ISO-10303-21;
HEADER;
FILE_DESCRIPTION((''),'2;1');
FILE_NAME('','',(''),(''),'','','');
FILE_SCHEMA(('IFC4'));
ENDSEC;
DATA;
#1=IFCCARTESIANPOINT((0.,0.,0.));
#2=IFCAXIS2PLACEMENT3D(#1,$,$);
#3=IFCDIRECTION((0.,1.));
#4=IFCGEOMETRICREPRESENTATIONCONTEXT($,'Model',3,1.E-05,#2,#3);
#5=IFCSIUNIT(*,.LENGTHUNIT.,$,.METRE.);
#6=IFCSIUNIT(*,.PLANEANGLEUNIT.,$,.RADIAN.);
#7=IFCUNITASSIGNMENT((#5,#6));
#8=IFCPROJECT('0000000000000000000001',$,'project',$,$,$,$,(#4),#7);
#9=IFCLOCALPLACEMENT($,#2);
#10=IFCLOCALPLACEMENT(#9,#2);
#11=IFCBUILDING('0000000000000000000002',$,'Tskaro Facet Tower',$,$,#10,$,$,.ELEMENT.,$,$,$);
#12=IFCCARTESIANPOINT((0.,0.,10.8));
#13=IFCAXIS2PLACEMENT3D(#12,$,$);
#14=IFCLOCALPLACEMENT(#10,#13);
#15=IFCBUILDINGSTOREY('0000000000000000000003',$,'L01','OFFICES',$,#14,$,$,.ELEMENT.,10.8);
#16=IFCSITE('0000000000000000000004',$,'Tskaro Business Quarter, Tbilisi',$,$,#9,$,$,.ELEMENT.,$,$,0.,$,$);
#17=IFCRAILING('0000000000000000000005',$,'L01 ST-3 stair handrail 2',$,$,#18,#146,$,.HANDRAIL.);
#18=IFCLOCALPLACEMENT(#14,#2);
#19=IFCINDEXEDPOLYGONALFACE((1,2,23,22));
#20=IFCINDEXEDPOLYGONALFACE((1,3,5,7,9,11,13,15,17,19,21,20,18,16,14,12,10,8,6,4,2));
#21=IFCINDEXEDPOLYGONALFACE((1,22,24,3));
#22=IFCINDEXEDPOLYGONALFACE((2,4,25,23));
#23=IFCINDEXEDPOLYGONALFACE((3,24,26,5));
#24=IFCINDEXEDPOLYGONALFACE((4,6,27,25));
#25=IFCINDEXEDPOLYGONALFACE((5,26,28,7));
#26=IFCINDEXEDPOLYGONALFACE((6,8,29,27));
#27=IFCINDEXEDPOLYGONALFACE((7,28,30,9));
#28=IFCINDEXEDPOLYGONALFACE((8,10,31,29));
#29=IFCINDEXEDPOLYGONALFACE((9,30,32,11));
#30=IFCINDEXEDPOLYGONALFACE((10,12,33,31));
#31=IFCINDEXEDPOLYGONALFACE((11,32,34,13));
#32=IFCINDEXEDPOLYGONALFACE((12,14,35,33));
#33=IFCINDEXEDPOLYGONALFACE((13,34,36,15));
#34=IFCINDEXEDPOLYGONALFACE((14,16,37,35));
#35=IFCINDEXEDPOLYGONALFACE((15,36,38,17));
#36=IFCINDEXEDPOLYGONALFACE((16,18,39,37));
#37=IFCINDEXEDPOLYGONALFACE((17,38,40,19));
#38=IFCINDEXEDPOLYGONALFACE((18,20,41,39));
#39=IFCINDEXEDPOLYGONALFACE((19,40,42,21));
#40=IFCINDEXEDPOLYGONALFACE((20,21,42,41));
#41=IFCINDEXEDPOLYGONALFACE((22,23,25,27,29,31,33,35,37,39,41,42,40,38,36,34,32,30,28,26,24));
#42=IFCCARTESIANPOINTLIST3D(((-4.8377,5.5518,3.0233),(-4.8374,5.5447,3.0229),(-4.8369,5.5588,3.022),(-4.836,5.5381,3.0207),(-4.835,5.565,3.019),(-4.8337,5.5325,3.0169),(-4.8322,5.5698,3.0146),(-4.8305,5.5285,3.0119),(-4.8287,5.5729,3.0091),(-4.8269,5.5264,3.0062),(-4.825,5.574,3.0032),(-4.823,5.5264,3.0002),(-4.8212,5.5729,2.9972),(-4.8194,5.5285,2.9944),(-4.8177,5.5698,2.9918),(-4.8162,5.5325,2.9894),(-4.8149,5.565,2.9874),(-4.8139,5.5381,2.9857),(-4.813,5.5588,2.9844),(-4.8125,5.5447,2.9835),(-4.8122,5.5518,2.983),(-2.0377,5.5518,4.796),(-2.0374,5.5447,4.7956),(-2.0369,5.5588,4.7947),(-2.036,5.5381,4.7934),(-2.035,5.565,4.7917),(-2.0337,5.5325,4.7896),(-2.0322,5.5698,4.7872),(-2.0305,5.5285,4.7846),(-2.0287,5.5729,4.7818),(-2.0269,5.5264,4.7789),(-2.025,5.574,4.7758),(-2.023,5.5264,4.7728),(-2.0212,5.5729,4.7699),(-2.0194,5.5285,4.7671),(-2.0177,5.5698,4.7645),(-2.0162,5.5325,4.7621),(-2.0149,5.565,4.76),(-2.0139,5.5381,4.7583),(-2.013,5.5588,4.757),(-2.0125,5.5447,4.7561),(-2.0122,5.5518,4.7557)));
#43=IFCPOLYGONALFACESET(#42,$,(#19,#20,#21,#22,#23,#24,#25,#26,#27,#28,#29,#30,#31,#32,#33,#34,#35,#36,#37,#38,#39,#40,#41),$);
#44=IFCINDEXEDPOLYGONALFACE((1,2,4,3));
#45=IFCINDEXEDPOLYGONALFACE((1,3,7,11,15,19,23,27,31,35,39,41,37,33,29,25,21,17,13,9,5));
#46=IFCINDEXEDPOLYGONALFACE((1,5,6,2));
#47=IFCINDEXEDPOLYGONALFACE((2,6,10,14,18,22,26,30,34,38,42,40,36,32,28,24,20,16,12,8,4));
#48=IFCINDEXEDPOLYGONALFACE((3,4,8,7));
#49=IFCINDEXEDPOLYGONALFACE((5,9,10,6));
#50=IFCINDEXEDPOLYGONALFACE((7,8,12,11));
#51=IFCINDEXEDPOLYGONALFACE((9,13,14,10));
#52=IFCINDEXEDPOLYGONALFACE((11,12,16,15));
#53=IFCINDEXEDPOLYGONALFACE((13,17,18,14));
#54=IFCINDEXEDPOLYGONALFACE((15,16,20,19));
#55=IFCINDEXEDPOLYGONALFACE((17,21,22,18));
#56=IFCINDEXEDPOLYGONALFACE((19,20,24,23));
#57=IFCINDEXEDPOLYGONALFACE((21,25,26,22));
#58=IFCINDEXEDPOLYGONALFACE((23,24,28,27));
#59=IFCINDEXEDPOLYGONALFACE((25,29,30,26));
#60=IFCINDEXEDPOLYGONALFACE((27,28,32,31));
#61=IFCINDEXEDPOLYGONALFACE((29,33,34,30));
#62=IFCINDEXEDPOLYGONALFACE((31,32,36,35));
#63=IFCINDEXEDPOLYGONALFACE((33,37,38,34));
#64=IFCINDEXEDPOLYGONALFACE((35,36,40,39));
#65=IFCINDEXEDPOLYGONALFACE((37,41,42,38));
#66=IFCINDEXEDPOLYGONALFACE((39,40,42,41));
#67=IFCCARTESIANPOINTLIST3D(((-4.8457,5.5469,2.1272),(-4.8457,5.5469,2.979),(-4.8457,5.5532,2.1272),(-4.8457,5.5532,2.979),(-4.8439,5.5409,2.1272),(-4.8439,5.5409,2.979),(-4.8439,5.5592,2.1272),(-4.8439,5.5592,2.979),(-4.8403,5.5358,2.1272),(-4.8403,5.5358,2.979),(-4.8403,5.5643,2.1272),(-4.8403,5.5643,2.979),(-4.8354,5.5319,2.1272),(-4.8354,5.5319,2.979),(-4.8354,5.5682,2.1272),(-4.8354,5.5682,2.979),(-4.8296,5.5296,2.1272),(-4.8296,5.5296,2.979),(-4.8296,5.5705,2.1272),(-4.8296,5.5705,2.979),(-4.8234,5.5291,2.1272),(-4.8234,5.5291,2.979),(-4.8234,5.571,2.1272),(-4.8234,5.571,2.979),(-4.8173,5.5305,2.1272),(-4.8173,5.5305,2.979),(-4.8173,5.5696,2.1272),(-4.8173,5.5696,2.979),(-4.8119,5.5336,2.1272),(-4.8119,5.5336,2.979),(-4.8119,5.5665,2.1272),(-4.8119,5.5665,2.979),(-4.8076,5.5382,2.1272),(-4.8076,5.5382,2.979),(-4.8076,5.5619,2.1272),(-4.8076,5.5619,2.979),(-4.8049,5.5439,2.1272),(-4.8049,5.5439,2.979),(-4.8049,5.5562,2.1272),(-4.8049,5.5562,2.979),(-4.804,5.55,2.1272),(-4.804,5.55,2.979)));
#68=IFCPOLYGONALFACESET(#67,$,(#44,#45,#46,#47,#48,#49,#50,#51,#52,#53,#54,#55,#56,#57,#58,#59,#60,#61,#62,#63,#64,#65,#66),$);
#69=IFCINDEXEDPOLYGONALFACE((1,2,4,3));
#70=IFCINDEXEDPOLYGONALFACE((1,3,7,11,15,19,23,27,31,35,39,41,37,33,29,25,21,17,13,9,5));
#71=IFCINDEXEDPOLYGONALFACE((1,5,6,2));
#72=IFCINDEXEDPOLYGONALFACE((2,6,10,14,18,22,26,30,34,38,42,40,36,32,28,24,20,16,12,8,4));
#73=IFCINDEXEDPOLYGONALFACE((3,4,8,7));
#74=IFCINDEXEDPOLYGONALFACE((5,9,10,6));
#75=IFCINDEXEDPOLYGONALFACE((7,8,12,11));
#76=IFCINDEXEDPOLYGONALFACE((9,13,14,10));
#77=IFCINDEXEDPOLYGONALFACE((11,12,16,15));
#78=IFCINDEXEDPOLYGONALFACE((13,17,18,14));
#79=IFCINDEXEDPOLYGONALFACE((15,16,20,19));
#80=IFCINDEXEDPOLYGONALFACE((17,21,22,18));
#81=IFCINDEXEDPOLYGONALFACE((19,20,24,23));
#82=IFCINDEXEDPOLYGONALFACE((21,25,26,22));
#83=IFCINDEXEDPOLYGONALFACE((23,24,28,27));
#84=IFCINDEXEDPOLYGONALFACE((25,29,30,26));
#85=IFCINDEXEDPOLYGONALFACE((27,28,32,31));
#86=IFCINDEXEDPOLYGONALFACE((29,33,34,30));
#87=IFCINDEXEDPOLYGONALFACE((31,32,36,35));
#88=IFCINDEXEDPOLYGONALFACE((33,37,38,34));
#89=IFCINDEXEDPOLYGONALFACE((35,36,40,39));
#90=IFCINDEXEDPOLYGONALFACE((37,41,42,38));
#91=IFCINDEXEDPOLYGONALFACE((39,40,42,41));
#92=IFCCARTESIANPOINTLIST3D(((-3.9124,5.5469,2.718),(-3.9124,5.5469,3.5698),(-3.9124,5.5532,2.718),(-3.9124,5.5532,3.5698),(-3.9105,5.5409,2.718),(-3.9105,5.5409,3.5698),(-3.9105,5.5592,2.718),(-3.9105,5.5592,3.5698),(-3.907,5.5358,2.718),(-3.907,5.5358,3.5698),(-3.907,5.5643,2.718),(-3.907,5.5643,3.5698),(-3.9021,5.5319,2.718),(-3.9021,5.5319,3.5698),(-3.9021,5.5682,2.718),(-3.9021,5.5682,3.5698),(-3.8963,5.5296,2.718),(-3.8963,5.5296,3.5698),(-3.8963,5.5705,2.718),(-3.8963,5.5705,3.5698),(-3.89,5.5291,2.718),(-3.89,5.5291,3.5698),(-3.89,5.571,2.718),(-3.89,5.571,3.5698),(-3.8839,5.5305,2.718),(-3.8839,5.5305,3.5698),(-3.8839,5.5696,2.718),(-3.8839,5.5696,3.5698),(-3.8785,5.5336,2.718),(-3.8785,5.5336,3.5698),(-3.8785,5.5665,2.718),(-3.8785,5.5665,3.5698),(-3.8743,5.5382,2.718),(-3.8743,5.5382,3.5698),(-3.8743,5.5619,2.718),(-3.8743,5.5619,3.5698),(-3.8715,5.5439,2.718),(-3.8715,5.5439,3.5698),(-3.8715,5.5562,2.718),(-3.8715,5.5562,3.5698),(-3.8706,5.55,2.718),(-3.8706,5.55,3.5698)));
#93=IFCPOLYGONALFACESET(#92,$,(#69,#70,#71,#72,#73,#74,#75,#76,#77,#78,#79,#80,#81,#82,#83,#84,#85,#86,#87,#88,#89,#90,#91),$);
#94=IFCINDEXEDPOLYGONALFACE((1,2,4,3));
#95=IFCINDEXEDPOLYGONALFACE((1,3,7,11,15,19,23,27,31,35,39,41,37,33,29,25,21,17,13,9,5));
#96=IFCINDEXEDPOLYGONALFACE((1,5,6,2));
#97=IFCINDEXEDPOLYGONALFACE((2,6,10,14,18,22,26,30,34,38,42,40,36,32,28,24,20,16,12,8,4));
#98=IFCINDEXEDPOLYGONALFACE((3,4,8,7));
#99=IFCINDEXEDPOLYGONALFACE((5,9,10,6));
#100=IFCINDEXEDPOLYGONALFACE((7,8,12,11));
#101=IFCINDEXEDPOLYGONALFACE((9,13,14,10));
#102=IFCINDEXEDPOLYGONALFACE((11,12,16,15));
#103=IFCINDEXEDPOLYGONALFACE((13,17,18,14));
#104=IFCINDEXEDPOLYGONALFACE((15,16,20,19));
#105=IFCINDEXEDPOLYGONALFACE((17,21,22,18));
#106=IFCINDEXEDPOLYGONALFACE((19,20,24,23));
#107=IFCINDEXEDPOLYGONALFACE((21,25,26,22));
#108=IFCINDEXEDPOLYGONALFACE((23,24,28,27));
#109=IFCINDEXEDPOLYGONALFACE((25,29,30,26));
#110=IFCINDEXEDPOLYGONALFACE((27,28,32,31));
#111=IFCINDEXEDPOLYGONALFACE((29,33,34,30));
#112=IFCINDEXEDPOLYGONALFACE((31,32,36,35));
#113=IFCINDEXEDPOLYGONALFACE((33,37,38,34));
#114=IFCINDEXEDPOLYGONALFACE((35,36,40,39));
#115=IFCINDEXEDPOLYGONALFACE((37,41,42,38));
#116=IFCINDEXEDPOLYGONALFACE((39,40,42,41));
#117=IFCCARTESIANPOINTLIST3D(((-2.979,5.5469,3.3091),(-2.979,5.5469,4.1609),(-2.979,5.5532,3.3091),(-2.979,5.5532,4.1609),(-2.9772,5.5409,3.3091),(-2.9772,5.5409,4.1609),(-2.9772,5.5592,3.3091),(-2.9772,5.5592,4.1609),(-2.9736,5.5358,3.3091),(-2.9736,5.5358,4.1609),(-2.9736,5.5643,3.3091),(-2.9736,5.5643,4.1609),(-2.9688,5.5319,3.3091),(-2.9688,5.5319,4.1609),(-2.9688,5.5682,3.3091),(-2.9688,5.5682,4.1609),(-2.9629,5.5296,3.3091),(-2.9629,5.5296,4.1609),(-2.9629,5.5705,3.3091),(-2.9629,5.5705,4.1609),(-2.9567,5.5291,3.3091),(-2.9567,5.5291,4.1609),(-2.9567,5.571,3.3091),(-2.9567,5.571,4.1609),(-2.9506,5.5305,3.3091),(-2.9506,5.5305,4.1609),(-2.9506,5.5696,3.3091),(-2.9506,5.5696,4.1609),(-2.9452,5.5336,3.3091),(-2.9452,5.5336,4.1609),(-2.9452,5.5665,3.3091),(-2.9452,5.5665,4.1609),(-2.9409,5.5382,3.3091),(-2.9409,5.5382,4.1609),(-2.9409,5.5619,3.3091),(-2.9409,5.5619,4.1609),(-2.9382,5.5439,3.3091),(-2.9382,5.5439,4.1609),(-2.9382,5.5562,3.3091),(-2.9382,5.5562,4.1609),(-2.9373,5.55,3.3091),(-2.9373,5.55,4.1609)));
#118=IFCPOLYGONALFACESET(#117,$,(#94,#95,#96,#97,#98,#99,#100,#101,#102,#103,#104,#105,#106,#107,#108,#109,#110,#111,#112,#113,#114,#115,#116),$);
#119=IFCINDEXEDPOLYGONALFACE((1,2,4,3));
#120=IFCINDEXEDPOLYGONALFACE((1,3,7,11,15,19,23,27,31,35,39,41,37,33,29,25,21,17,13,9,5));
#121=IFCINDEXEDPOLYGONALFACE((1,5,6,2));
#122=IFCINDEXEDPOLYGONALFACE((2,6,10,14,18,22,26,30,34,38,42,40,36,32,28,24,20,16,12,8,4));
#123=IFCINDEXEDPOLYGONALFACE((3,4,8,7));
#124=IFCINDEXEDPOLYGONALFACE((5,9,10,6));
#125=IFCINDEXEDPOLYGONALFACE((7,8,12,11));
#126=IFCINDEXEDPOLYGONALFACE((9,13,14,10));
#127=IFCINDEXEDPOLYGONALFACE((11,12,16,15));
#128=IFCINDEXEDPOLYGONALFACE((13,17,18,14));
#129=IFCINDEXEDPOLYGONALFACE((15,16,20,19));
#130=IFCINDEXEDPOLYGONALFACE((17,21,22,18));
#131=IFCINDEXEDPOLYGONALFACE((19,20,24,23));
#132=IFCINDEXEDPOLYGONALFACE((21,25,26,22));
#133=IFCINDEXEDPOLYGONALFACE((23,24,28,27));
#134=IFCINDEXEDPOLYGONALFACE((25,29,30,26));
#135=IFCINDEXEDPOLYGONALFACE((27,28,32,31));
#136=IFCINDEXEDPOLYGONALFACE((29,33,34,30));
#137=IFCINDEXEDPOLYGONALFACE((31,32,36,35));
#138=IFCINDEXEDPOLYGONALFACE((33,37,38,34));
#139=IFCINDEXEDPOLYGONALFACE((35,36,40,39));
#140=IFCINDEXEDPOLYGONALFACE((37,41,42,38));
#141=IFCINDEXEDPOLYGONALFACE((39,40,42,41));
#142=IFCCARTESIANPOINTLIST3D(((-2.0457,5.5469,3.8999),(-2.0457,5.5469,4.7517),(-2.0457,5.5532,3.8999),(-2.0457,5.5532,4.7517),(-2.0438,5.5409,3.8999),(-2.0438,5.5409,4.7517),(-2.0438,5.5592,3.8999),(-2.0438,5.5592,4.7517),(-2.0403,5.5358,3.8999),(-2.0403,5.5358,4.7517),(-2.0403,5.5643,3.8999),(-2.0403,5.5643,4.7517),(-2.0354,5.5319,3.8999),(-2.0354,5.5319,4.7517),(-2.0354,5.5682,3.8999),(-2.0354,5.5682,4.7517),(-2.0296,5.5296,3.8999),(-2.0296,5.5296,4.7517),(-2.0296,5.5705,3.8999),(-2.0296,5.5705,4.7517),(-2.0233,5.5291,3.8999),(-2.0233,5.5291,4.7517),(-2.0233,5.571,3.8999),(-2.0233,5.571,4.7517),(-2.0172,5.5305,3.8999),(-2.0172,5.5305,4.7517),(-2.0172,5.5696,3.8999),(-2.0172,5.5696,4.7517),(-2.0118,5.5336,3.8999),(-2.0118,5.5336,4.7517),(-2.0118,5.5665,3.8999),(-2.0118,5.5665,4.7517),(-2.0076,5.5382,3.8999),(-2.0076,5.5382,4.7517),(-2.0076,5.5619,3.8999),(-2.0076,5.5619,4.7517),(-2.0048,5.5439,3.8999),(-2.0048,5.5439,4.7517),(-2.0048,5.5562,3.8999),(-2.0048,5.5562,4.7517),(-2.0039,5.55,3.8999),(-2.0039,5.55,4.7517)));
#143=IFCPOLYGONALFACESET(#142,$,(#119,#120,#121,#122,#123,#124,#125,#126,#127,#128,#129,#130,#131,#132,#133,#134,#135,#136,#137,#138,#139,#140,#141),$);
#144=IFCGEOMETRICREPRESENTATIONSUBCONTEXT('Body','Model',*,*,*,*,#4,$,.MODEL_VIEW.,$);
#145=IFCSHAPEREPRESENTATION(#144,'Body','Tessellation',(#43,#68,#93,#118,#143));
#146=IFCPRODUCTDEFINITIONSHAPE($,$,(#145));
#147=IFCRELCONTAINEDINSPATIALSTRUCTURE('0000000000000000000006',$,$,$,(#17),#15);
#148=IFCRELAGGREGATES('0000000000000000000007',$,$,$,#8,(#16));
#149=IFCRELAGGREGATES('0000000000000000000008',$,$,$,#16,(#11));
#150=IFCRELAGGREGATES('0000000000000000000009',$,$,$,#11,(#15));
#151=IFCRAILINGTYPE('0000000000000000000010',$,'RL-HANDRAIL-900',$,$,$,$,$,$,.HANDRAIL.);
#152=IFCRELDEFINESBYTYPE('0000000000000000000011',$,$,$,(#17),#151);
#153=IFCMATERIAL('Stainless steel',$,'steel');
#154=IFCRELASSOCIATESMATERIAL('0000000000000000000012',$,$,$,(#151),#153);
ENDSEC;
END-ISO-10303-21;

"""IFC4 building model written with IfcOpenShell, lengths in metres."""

from ifc_helpers import new_model, si_unit, direction, frame, origin, origin_2d, place, context, subcontext, project, spatial, circle, extrude, material, type_object, element, save


model = new_model("IFC4")

# Units and contexts
model_context = context("Model", 3, precision=1e-05, world=origin(), true_north=direction((0.0, 1.0)))
body_context = subcontext(model_context, "Body", "Model", "MODEL_VIEW")
ifc_project = project(units=[si_unit("LENGTHUNIT", "METRE"), si_unit("PLANEANGLEUNIT", "RADIAN")], contexts=[model_context])

# Site, building, storey
site_placement = place(None, origin())
site = spatial("IfcSite", under=ifc_project, at=site_placement, Name="Tskaro Business Quarter, Tbilisi", CompositionType="ELEMENT", RefElevation=0.0)
building_placement = place(site_placement, origin())
building = spatial("IfcBuilding", under=site, at=building_placement, Name="Tskaro Facet Tower", CompositionType="ELEMENT")
storey_placement = place(building_placement, frame((0.0, 0.0, 10.8)))
storey = spatial("IfcBuildingStorey", under=building, at=storey_placement, Name="L01", Description="OFFICES", CompositionType="ELEMENT", Elevation=10.8)

# Railing
ifc_material_1 = material(Name="Stainless steel", Category="steel")
railing_type = type_object("IfcRailingType", Name="RL-HANDRAIL-900", PredefinedType="HANDRAIL", material=ifc_material_1)
railing_placement = place(storey_placement, frame((-4.825, 5.55, 2.1272)))
element("IfcRailing", 1, at=railing_placement, inside=storey, type_object=railing_type, Name="L01 ST-3 stair handrail 2", PredefinedType="HANDRAIL", context=body_context, shape_type="SweptSolid", body=[
    extrude(circle(Radius=0.0239, at=origin_2d()), frame((0.0, 0.0, 0.876), z_axis=(0.844909, 0.0, 0.53491), x_axis=(0.0, 1.0, 0.0)), (0.0, 0.0, 1.0), 3.314),
    extrude(circle(Radius=0.021, at=origin_2d()), origin(), (0.0, 0.0, 1.0), 0.8518),
    extrude(circle(Radius=0.021, at=origin_2d()), frame((0.9333, 0.0, 0.5908)), (0.0, 0.0, 1.0), 0.8518),
    extrude(circle(Radius=0.021, at=origin_2d()), frame((1.8667, 0.0, 1.1819)), (0.0, 0.0, 1.0), 0.8518),
    extrude(circle(Radius=0.021, at=origin_2d()), frame((2.8, 0.0, 1.7727)), (0.0, 0.0, 1.0), 0.8518),
])

save(model, "model.ifc")
